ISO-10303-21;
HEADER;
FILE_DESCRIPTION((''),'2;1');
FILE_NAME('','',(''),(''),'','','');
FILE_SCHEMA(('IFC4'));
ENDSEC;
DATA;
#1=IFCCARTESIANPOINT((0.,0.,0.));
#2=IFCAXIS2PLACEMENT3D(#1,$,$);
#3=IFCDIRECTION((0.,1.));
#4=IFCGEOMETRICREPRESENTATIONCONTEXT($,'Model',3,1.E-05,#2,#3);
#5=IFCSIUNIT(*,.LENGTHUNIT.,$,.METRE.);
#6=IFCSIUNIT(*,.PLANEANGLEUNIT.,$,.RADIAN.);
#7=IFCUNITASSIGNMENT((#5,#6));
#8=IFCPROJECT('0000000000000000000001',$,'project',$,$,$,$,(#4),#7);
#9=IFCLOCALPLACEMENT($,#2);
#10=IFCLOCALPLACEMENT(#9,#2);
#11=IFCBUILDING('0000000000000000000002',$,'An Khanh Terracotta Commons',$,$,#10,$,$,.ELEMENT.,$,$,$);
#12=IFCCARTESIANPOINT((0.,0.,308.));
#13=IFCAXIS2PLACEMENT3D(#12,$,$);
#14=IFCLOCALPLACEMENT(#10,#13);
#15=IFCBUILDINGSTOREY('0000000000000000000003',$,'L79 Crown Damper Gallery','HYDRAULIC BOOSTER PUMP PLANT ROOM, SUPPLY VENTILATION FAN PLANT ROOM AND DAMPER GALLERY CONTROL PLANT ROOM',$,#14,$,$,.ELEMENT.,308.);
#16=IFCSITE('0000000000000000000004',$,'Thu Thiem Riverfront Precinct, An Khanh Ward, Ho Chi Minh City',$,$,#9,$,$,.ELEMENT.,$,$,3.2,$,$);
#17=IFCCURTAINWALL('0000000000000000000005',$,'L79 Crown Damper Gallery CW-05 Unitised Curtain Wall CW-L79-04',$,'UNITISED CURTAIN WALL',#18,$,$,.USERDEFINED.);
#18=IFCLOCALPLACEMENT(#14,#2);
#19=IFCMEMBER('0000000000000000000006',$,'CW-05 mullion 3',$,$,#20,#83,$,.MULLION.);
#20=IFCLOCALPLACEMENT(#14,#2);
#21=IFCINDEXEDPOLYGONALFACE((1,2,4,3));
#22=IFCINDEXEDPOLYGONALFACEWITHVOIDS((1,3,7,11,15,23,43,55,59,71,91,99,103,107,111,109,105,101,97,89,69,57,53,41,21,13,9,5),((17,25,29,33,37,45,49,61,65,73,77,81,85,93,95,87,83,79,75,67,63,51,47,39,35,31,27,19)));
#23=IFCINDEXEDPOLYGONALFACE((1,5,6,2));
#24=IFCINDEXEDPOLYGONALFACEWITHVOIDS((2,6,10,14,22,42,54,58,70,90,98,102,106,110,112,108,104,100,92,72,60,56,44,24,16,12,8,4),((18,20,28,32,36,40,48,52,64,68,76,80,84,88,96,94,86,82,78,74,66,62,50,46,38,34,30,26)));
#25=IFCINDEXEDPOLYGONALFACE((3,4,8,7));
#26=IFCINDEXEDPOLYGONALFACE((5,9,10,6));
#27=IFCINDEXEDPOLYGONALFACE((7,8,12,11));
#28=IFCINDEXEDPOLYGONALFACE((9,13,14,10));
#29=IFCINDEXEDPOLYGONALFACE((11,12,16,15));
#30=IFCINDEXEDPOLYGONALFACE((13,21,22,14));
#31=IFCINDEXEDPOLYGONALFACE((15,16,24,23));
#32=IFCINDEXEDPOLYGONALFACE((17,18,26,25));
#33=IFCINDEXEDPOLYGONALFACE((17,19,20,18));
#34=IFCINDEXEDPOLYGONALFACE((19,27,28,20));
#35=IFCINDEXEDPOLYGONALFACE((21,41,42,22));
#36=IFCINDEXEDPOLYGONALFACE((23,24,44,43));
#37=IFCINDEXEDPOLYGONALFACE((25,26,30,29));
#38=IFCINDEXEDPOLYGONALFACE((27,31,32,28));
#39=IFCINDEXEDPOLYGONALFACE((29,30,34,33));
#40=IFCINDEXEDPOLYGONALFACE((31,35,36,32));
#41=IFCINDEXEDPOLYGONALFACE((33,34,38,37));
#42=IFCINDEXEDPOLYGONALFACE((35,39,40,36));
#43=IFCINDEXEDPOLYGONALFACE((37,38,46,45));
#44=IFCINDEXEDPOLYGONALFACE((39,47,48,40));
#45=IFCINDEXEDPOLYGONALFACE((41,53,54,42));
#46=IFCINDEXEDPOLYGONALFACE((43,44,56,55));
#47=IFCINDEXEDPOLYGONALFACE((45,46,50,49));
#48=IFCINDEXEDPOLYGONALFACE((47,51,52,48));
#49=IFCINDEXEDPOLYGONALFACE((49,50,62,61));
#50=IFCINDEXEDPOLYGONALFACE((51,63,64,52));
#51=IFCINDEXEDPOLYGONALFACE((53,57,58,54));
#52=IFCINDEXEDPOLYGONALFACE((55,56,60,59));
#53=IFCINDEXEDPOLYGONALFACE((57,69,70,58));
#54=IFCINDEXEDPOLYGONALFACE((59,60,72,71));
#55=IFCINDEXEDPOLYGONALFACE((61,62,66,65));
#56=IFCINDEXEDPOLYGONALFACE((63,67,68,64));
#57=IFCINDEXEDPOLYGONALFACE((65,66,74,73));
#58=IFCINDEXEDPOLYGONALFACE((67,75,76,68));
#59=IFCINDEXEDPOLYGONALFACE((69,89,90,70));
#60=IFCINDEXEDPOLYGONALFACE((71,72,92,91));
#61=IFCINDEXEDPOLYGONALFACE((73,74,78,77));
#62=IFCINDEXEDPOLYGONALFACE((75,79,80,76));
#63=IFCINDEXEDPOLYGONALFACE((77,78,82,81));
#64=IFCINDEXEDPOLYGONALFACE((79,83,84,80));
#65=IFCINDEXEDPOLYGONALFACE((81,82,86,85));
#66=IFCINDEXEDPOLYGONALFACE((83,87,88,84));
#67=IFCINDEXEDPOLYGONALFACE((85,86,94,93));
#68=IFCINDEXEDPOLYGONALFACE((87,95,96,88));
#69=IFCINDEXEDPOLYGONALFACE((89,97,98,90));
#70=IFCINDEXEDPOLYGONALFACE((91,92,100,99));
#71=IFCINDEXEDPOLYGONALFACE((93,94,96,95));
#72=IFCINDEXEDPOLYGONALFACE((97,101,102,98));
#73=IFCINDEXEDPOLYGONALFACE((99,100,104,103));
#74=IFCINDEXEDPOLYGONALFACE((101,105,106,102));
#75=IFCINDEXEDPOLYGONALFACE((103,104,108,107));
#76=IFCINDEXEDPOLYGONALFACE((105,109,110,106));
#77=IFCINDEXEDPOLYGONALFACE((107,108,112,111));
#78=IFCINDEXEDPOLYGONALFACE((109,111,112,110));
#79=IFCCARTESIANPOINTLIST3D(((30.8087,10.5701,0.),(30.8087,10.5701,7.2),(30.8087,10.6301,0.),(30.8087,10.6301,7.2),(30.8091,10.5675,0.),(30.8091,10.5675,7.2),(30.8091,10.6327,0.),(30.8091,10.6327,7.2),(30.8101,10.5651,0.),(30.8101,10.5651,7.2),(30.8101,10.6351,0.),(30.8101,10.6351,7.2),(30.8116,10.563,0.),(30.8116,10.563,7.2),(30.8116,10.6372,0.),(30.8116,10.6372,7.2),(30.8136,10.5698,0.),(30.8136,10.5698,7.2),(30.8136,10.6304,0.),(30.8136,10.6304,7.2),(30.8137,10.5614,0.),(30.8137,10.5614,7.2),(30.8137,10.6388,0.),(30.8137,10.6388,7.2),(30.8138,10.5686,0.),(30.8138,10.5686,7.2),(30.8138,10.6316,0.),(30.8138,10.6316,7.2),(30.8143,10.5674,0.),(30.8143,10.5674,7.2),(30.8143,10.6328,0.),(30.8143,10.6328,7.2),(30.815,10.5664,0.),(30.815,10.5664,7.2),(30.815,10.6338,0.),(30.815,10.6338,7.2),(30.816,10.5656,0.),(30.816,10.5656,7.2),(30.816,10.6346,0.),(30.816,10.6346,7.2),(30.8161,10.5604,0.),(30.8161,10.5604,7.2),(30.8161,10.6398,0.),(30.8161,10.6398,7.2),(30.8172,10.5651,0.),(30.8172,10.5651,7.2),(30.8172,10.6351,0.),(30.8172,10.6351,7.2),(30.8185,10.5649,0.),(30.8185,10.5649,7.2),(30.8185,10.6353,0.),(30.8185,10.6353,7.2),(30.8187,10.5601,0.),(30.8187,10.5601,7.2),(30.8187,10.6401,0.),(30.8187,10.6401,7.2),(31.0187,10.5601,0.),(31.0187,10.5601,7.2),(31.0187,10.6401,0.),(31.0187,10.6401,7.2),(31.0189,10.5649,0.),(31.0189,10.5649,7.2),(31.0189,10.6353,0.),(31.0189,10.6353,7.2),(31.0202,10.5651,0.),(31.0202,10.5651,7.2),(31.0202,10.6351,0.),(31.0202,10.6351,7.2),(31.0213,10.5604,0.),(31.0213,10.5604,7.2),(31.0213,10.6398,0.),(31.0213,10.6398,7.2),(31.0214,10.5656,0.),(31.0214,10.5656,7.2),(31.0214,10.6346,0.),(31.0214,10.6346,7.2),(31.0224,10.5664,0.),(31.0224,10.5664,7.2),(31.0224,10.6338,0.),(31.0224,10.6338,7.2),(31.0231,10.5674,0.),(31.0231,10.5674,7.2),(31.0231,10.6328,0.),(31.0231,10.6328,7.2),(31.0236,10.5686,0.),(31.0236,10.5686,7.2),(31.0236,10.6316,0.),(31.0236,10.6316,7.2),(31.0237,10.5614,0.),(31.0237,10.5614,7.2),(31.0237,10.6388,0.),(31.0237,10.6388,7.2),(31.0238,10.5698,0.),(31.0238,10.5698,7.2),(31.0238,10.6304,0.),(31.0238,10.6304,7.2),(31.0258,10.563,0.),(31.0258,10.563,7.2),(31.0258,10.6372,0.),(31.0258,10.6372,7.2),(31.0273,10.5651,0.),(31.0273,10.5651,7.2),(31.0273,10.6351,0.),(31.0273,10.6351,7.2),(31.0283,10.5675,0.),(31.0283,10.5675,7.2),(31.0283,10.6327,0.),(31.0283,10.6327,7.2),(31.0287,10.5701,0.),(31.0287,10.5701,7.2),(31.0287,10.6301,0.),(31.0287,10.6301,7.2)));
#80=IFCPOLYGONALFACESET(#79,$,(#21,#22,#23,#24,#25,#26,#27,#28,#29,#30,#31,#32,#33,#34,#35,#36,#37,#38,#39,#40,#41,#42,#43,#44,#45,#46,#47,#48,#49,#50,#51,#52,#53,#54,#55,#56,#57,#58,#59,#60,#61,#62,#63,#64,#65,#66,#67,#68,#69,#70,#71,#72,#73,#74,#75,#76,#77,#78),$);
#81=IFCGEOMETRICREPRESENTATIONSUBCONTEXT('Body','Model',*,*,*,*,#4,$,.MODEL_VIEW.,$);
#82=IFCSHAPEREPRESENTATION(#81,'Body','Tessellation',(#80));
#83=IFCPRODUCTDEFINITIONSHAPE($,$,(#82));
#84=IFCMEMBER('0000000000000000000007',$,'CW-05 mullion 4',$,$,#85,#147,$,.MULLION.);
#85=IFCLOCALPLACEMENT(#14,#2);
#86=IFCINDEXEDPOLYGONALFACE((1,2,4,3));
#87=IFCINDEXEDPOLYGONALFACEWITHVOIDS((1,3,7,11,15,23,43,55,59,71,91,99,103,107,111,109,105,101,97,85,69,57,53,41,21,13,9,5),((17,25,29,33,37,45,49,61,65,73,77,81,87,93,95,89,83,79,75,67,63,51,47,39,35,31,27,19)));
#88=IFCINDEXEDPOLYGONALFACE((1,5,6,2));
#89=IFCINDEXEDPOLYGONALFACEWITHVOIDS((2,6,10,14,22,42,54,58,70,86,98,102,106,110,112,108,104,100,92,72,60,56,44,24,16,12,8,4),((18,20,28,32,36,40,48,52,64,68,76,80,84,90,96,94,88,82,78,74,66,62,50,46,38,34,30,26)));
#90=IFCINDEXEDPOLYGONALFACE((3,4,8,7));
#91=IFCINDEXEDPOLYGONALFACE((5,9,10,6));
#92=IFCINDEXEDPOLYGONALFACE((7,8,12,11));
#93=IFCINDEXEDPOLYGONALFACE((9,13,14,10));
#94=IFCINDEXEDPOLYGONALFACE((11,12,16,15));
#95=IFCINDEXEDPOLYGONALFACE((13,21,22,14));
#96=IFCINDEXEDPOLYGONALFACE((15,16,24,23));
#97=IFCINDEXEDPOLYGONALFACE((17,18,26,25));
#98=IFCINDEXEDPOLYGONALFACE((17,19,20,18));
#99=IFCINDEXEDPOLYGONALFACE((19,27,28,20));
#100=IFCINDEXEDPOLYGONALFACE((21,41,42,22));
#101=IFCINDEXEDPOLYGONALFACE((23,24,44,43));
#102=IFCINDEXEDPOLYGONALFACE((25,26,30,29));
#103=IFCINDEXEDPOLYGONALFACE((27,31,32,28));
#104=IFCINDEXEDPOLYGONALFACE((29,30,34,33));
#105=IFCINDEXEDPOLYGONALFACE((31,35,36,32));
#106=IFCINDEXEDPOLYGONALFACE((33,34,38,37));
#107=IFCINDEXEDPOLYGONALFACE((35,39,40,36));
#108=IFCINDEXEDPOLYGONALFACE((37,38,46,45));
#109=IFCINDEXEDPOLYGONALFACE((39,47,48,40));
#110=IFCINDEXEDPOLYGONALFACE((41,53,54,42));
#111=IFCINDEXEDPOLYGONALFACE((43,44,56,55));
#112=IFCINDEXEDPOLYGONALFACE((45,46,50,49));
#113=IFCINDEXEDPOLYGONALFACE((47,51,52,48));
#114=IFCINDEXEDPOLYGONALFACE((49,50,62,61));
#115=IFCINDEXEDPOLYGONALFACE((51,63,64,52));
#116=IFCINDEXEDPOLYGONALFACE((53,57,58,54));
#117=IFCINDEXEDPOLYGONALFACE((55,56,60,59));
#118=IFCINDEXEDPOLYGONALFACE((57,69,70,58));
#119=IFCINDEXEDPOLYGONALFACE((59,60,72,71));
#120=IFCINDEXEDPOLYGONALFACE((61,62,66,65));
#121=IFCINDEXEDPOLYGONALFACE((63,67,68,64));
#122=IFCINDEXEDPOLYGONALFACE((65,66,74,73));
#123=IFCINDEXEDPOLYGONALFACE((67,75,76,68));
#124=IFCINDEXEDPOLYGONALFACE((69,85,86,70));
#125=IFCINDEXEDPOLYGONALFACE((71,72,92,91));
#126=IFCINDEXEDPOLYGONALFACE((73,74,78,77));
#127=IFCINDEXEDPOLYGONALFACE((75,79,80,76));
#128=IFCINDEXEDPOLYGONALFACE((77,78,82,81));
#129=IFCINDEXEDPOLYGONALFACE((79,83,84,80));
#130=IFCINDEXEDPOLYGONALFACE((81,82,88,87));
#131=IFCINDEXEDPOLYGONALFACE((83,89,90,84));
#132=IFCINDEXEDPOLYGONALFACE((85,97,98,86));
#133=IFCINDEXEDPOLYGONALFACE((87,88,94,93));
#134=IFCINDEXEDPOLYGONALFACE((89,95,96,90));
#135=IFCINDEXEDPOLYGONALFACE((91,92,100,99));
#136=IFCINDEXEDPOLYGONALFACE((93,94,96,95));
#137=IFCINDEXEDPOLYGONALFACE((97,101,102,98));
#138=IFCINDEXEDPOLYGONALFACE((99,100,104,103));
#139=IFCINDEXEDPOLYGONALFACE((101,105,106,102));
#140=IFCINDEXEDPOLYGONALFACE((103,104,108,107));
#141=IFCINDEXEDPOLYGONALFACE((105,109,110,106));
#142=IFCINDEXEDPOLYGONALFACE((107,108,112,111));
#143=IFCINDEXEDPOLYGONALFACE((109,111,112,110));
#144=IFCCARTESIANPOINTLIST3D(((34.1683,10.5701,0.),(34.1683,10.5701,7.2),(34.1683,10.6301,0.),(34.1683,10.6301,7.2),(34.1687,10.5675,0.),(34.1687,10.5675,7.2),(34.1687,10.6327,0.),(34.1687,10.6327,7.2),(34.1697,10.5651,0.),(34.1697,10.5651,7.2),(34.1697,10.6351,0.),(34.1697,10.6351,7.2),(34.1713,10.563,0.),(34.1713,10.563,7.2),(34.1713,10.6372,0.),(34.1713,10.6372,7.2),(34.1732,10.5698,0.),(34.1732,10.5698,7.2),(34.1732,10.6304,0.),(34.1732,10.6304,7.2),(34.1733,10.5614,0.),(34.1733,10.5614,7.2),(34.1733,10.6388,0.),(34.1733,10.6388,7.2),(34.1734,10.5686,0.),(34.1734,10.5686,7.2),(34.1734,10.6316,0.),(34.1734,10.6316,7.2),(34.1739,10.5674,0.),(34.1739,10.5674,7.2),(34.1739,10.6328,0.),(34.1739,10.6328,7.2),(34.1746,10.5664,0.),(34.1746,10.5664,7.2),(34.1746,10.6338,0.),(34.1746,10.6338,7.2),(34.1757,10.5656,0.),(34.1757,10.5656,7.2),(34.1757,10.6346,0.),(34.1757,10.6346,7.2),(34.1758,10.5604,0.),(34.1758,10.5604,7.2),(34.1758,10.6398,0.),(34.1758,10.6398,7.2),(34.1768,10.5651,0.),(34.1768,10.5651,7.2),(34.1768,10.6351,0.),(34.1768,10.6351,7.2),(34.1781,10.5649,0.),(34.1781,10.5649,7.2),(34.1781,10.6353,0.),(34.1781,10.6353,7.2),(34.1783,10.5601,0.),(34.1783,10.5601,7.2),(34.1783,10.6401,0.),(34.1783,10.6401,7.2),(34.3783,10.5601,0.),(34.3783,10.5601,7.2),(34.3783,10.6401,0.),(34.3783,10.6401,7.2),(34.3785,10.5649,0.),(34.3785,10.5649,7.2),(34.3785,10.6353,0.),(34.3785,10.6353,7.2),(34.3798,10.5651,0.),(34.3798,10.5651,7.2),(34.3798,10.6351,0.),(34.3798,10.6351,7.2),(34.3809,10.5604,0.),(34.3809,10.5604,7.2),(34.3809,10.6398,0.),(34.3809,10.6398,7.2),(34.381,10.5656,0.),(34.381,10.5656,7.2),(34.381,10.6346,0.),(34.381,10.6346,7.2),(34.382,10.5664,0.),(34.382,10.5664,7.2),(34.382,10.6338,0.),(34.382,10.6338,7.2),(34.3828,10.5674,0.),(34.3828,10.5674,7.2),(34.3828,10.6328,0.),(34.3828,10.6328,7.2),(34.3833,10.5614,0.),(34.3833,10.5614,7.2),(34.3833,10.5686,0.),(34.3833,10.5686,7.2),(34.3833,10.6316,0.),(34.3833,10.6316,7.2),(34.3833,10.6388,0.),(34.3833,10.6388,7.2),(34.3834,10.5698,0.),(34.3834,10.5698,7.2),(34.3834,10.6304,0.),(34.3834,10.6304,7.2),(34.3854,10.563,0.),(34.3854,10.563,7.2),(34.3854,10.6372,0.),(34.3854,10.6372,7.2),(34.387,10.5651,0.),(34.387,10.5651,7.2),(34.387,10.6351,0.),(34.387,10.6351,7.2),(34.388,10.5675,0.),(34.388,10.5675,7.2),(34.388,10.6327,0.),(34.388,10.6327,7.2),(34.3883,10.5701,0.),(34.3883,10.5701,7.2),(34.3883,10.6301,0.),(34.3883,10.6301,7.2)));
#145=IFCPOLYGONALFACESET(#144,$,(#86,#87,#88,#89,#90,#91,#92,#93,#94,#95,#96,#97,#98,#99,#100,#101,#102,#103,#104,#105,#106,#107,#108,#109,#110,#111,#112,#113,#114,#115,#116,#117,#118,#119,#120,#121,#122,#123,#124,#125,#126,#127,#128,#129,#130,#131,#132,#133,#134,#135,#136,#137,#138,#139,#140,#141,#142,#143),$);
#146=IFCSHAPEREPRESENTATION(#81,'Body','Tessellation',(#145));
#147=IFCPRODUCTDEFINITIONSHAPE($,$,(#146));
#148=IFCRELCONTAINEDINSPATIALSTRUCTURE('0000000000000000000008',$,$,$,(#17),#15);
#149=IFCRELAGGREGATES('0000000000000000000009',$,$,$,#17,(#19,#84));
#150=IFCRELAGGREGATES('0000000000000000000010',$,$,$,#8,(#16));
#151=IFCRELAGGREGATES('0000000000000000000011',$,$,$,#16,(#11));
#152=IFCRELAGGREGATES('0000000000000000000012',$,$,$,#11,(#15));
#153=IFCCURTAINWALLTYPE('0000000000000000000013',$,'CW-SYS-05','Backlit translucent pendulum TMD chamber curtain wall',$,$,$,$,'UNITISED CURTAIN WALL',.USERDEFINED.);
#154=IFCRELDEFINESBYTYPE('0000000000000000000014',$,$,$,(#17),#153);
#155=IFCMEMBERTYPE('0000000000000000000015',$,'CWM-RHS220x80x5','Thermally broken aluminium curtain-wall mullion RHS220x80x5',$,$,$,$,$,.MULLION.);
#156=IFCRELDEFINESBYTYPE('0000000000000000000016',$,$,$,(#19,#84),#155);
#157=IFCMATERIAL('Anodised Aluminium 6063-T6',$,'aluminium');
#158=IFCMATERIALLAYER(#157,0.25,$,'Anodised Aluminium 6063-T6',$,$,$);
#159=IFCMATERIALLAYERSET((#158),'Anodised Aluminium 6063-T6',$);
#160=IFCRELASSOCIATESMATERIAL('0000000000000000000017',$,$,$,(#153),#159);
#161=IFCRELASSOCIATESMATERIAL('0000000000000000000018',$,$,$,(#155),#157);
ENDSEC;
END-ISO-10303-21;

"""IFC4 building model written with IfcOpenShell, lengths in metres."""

from ifc_helpers import new_model, si_unit, direction, frame, origin, origin_2d, place, context, subcontext, project, spatial, hollow_rectangle, extrude, material, layer, layer_set, material_profile, profile_set, type_object, element, aggregate, save


model = new_model("IFC4")

# Units and contexts
model_context = context("Model", 3, precision=1e-05, world=origin(), true_north=direction((0.0, 1.0)))
body_context = subcontext(model_context, "Body", "Model", "MODEL_VIEW")
ifc_project = project(units=[si_unit("LENGTHUNIT", "METRE"), si_unit("PLANEANGLEUNIT", "RADIAN")], contexts=[model_context])

# Site, building, storey
site_placement = place(None, origin())
site = spatial("IfcSite", under=ifc_project, at=site_placement, Name="Thu Thiem Riverfront Precinct, An Khanh Ward, Ho Chi Minh City", CompositionType="ELEMENT", RefElevation=3.2)
building_placement = place(site_placement, origin())
building = spatial("IfcBuilding", under=site, at=building_placement, Name="An Khanh Terracotta Commons", CompositionType="ELEMENT")
storey_placement = place(building_placement, frame((0.0, 0.0, 308.0)))
storey = spatial("IfcBuildingStorey", under=building, at=storey_placement, Name="L79 Crown Damper Gallery", Description="HYDRAULIC BOOSTER PUMP PLANT ROOM, SUPPLY VENTILATION FAN PLANT ROOM AND DAMPER GALLERY CONTROL PLANT ROOM", CompositionType="ELEMENT", Elevation=308.0)

# Curtain wall, members
ifc_material_1 = material(Name="Anodised Aluminium 6063-T6", Category="aluminium")
ifc_layer_1 = layer(ifc_material_1, 0.25, Name="Anodised Aluminium 6063-T6")
ifc_layer_set_1 = layer_set([ifc_layer_1], Name="Anodised Aluminium 6063-T6")
curtain_wall_type = type_object("IfcCurtainWallType", Name="CW-SYS-05", Description="Backlit translucent pendulum TMD chamber curtain wall", ElementType="UNITISED CURTAIN WALL", PredefinedType="USERDEFINED", material=ifc_layer_set_1)
curtain_wall_placement = place(storey_placement, origin())
curtain_wall = element("IfcCurtainWall", 1, at=curtain_wall_placement, inside=storey, type_object=curtain_wall_type, Name="L79 Crown Damper Gallery CW-05 Unitised Curtain Wall CW-L79-04", ObjectType="UNITISED CURTAIN WALL", PredefinedType="USERDEFINED")
ifc_material_profile_1 = material_profile(ifc_material_1, hollow_rectangle(XDim=0.0801, YDim=0.22, WallThickness=0.0049, InnerFilletRadius=0.0049, OuterFilletRadius=0.01, at=origin_2d()), Name="RHS220x80x5")
ifc_profile_set_1 = profile_set([ifc_material_profile_1], Name="Anodised Aluminium 6063-T6")
member_type_1 = type_object("IfcMemberType", Name="CWM-RHS220x80x5", Description="Thermally broken aluminium curtain-wall mullion RHS220x80x5", PredefinedType="MULLION", material=ifc_profile_set_1)
member_1_placement = place(storey_placement, frame((30.9187, 10.6001, 0.0), z_axis=(0.0, 0.0, 1.0), x_axis=(0.0, 1.0, 0.0)))
member_1 = element("IfcMember", 2, at=member_1_placement, type_object=member_type_1, Name="CW-05 mullion 3", PredefinedType="MULLION", context=body_context, shape_type="SweptSolid", body=[
    extrude(hollow_rectangle(XDim=0.0801, YDim=0.22, WallThickness=0.0049, InnerFilletRadius=0.0049, OuterFilletRadius=0.01, at=origin_2d()), origin(), (0.0, 0.0, 1.0), 7.2),
])
member_2_placement = place(storey_placement, frame((34.2783, 10.6001, 0.0), z_axis=(0.0, 0.0, 1.0), x_axis=(0.0, 1.0, 0.0)))
member_2 = element("IfcMember", 3, at=member_2_placement, type_object=member_type_1, Name="CW-05 mullion 4", PredefinedType="MULLION", context=body_context, shape_type="SweptSolid", body=[
    extrude(hollow_rectangle(XDim=0.0801, YDim=0.22, WallThickness=0.0049, InnerFilletRadius=0.0049, OuterFilletRadius=0.01, at=origin_2d()), origin(), (0.0, 0.0, 1.0), 7.2),
])
aggregate(curtain_wall, [member_1, member_2])

save(model, "model.ifc")
